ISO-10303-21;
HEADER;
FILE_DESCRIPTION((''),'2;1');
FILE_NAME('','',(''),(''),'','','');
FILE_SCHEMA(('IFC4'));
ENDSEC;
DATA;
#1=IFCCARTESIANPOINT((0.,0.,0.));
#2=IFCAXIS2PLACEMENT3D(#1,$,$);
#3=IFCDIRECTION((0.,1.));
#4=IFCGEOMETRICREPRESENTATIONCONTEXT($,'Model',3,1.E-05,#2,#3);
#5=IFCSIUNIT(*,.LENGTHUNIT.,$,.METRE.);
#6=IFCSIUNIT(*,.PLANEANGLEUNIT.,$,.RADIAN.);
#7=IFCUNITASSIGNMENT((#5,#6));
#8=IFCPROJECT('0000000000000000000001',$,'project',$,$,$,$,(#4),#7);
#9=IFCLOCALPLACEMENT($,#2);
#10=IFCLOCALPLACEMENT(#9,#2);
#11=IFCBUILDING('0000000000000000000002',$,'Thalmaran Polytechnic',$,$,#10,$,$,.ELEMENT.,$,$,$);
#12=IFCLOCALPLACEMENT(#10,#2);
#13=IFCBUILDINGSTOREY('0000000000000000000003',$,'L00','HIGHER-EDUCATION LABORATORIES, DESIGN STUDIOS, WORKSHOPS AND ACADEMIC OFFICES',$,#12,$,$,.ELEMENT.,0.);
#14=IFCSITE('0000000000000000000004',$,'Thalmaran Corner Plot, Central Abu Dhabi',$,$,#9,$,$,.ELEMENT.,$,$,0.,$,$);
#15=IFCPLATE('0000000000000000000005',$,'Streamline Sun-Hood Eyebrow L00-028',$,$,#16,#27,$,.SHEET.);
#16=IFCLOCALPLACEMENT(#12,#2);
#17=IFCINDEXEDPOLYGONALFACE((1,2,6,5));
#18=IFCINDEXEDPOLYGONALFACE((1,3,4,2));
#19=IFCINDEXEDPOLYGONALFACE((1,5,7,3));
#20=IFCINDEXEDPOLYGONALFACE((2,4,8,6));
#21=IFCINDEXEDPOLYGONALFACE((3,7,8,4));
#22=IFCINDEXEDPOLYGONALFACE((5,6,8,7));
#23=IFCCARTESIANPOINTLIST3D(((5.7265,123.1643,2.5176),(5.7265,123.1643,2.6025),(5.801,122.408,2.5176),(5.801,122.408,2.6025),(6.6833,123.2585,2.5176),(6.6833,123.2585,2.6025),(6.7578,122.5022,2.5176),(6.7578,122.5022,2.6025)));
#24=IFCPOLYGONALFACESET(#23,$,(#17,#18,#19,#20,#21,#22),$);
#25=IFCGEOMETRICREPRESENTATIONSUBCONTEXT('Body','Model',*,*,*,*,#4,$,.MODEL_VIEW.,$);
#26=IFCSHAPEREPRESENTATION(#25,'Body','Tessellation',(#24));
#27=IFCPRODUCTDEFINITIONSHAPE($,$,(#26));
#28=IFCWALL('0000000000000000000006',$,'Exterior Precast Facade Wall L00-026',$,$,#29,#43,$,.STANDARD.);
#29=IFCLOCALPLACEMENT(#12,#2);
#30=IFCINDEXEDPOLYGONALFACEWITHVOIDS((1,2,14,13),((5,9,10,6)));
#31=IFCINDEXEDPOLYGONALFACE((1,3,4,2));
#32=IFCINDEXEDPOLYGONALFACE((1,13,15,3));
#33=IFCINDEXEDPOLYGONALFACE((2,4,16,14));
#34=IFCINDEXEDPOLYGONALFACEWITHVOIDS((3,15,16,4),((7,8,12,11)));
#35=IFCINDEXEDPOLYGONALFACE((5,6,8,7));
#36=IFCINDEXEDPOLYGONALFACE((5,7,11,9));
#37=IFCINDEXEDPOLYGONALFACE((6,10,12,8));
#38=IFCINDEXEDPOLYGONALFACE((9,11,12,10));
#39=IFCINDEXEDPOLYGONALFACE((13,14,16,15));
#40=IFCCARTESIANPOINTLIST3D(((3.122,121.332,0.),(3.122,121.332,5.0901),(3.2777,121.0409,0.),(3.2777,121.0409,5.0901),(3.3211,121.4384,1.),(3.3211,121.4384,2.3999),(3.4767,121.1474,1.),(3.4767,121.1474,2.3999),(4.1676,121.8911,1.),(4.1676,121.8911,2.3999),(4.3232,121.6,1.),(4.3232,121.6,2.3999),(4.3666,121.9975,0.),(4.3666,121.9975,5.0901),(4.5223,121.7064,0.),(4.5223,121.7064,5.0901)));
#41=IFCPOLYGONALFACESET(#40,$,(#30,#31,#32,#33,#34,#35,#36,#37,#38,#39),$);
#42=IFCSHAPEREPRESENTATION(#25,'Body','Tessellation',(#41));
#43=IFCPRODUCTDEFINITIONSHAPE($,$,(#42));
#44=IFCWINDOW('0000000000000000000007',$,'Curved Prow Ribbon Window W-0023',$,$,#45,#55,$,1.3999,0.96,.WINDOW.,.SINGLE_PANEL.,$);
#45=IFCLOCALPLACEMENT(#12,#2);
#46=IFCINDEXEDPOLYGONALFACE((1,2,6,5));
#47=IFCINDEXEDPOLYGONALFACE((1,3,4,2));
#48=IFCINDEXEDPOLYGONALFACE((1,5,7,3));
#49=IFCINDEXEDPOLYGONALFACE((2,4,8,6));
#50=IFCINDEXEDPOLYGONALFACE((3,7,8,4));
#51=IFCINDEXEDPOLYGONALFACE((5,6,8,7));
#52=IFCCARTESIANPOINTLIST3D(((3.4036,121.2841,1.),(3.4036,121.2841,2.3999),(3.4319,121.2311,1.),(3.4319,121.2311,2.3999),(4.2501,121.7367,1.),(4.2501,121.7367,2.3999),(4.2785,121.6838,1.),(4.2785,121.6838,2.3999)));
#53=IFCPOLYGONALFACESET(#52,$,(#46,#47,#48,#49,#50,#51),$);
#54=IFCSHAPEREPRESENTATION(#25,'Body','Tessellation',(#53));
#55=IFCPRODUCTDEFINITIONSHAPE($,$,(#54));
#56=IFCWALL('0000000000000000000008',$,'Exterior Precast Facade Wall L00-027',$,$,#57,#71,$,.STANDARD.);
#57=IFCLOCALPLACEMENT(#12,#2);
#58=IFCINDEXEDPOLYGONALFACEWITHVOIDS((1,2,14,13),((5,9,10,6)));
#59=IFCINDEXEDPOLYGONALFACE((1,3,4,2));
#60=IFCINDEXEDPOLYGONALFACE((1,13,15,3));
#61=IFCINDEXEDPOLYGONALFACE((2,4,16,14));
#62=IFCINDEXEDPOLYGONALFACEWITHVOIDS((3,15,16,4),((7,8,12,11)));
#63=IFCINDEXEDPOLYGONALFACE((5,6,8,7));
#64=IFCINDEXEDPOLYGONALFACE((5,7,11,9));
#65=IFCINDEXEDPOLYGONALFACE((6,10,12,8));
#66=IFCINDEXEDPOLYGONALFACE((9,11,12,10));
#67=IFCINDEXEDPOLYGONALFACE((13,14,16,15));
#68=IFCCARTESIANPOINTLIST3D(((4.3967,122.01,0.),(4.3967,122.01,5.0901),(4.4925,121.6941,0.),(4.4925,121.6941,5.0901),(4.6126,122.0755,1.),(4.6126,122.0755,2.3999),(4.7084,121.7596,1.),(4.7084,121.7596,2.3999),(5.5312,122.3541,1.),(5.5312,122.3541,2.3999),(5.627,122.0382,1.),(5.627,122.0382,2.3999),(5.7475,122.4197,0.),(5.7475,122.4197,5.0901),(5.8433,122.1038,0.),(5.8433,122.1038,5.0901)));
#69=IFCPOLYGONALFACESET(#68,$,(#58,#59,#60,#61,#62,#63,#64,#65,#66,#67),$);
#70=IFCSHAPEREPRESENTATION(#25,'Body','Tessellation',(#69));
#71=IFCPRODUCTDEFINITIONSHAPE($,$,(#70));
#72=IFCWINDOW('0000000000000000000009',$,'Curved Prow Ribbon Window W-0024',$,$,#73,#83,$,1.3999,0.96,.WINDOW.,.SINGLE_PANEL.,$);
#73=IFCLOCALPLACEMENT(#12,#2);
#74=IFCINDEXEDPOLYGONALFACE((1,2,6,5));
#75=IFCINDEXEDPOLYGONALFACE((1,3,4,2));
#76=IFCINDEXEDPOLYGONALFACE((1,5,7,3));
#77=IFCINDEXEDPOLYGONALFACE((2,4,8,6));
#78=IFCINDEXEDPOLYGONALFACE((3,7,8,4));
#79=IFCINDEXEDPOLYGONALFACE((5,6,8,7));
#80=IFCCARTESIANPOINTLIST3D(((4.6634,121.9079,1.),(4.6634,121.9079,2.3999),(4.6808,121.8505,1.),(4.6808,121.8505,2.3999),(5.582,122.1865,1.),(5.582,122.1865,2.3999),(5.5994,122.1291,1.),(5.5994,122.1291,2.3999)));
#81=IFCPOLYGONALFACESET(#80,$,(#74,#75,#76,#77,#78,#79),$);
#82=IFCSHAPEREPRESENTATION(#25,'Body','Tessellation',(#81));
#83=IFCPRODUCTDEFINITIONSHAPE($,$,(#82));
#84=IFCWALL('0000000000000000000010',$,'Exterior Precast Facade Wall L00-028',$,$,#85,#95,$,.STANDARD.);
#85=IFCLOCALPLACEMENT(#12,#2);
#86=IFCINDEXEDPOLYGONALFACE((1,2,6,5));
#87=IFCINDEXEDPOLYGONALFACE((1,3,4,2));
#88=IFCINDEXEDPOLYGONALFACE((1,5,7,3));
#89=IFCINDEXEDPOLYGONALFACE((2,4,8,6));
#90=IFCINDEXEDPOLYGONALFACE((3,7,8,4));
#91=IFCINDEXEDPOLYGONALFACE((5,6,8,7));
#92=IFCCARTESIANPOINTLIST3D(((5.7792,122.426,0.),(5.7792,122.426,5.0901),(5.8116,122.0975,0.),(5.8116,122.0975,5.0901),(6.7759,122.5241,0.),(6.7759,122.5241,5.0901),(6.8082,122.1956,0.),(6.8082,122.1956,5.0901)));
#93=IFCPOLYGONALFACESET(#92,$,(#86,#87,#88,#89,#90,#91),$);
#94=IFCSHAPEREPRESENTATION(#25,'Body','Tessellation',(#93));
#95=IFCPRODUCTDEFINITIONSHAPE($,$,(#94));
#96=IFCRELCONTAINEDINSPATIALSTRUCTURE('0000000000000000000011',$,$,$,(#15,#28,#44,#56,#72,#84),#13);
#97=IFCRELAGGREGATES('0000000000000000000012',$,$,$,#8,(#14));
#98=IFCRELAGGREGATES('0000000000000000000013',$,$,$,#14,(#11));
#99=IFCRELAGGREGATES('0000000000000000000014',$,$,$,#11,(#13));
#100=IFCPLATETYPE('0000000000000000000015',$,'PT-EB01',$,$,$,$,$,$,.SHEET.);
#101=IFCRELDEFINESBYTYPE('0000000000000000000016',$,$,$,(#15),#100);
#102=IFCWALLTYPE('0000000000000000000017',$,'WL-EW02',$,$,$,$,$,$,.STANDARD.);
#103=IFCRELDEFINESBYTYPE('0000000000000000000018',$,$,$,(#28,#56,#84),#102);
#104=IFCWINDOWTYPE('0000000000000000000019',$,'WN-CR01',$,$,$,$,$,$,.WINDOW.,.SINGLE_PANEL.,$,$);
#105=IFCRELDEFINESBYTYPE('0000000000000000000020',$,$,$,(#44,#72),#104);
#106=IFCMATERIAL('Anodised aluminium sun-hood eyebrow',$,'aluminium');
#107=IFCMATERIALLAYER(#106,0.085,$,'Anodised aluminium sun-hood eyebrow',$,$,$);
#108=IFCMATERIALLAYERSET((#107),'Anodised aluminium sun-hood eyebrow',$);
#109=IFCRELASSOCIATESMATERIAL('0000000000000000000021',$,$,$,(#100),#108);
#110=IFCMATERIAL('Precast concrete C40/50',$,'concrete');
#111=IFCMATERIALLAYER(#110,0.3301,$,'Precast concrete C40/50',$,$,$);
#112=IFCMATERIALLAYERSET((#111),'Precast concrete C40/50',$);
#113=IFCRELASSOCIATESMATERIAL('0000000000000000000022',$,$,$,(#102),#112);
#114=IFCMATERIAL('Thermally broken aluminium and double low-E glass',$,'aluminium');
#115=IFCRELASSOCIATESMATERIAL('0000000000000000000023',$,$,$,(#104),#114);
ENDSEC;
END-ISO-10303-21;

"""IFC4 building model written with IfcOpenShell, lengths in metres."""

from ifc_helpers import new_model, si_unit, direction, frame, frame_2d, origin, origin_2d, place, context, subcontext, project, spatial, rectangle, extrude, material, layer, layer_set, type_object, element, fill, save


model = new_model("IFC4")

# Units and contexts
model_context = context("Model", 3, precision=1e-05, world=origin(), true_north=direction((0.0, 1.0)))
body_context = subcontext(model_context, "Body", "Model", "MODEL_VIEW")
ifc_project = project(units=[si_unit("LENGTHUNIT", "METRE"), si_unit("PLANEANGLEUNIT", "RADIAN")], contexts=[model_context])

# Site, building, storey
site_placement = place(None, origin())
site = spatial("IfcSite", under=ifc_project, at=site_placement, Name="Thalmaran Corner Plot, Central Abu Dhabi", CompositionType="ELEMENT", RefElevation=0.0)
building_placement = place(site_placement, origin())
building = spatial("IfcBuilding", under=site, at=building_placement, Name="Thalmaran Polytechnic", CompositionType="ELEMENT")
storey_placement = place(building_placement, origin())
storey = spatial("IfcBuildingStorey", under=building, at=storey_placement, Name="L00", Description="HIGHER-EDUCATION LABORATORIES, DESIGN STUDIOS, WORKSHOPS AND ACADEMIC OFFICES", CompositionType="ELEMENT", Elevation=0.0)

# Plate
ifc_material_1 = material(Name="Anodised aluminium sun-hood eyebrow", Category="aluminium")
ifc_layer_1 = layer(ifc_material_1, 0.085, Name="Anodised aluminium sun-hood eyebrow")
ifc_layer_set_1 = layer_set([ifc_layer_1], Name="Anodised aluminium sun-hood eyebrow")
plate_type_1 = type_object("IfcPlateType", Name="PT-EB01", PredefinedType="SHEET", material=ifc_layer_set_1)
plate_1_placement = place(storey_placement, frame((6.2422, 122.8333, 2.5176), z_axis=(0.0, 0.0, 1.0), x_axis=(0.995185, 0.098017, 0.0)))
element("IfcPlate", 1, at=plate_1_placement, inside=storey, type_object=plate_type_1, Name="Streamline Sun-Hood Eyebrow L00-028", PredefinedType="SHEET", context=body_context, shape_type="SweptSolid", body=[
    extrude(rectangle(XDim=0.9614, YDim=0.76, at=origin_2d()), origin(), (0.0, 0.0, 1.0), 0.085),
])

# Walls, openings, windows
ifc_material_2 = material(Name="Precast concrete C40/50", Category="concrete")
ifc_layer_2 = layer(ifc_material_2, 0.3301, Name="Precast concrete C40/50")
ifc_layer_set_2 = layer_set([ifc_layer_2], Name="Precast concrete C40/50")
wall_type = type_object("IfcWallType", Name="WL-EW02", PredefinedType="STANDARD", material=ifc_layer_set_2)
wall_1_placement = place(storey_placement, frame((3.2, 121.1865, 0.0), z_axis=(0.0, 0.0, 1.0), x_axis=(0.881845, 0.47154, 0.0)))
wall_1 = element("IfcWall", 2, at=wall_1_placement, inside=storey, type_object=wall_type, Name="Exterior Precast Facade Wall L00-026", PredefinedType="STANDARD", context=body_context, shape_type="SweptSolid", body=[
    extrude(rectangle(XDim=1.4114, YDim=0.3301, at=frame_2d((0.7056, 0.0))), origin(), (0.0, 0.0, 1.0), 5.0901),
])
opening_1_placement = place(wall_1_placement, frame((0.2256, 0.0, 1.0)))
opening_1 = element("IfcOpeningElement", 3, at=opening_1_placement, cuts=wall_1, PredefinedType="OPENING", context=body_context, shape_type="SweptSolid", body=[
    extrude(rectangle(XDim=0.96, YDim=1.3999, at=frame_2d((0.48, 0.7))), frame((0.0, 0.175, 0.0), z_axis=(0.0, -1.0, 0.0), x_axis=(1.0, 0.0, 0.0)), (0.0, 0.0, 1.0), 0.3501),
])
ifc_material_3 = material(Name="Thermally broken aluminium and double low-E glass", Category="aluminium")
window_type = type_object("IfcWindowType", Name="WN-CR01", PartitioningType="SINGLE_PANEL", PredefinedType="WINDOW", material=ifc_material_3)
window_1_placement = place(opening_1_placement, origin())
window_1 = element("IfcWindow", 4, at=window_1_placement, inside=storey, type_object=window_type, Name="Curved Prow Ribbon Window W-0023", OverallHeight=1.3999, OverallWidth=0.96, PartitioningType="SINGLE_PANEL", PredefinedType="WINDOW", context=body_context, shape_type="SweptSolid", body=[
    extrude(rectangle(XDim=0.96, YDim=1.3999, at=frame_2d((0.48, 0.7))), frame((0.0, -0.01, 0.0), z_axis=(0.0, -1.0, 0.0), x_axis=(1.0, 0.0, 0.0)), (0.0, 0.0, 1.0), 0.0601),
])
fill(opening_1, window_1)
wall_2_placement = place(storey_placement, frame((4.4446, 121.8521, 0.0), z_axis=(0.0, 0.0, 1.0), x_axis=(0.95696, 0.290219, 0.0)))
wall_2 = element("IfcWall", 5, at=wall_2_placement, inside=storey, type_object=wall_type, Name="Exterior Precast Facade Wall L00-027", PredefinedType="STANDARD", context=body_context, shape_type="SweptSolid", body=[
    extrude(rectangle(XDim=1.4116, YDim=0.3301, at=frame_2d((0.7058, 0.0))), origin(), (0.0, 0.0, 1.0), 5.0901),
])
opening_2_placement = place(wall_2_placement, frame((0.2256, 0.0, 1.0)))
opening_2 = element("IfcOpeningElement", 6, at=opening_2_placement, cuts=wall_2, PredefinedType="OPENING", context=body_context, shape_type="SweptSolid", body=[
    extrude(rectangle(XDim=0.96, YDim=1.3999, at=frame_2d((0.48, 0.7))), frame((0.0, 0.175, 0.0), z_axis=(0.0, -1.0, 0.0), x_axis=(1.0, 0.0, 0.0)), (0.0, 0.0, 1.0), 0.3501),
])
window_2_placement = place(opening_2_placement, origin())
window_2 = element("IfcWindow", 7, at=window_2_placement, inside=storey, type_object=window_type, Name="Curved Prow Ribbon Window W-0024", OverallHeight=1.3999, OverallWidth=0.96, PartitioningType="SINGLE_PANEL", PredefinedType="WINDOW", context=body_context, shape_type="SweptSolid", body=[
    extrude(rectangle(XDim=0.96, YDim=1.3999, at=frame_2d((0.48, 0.7))), frame((0.0, -0.01, 0.0), z_axis=(0.0, -1.0, 0.0), x_axis=(1.0, 0.0, 0.0)), (0.0, 0.0, 1.0), 0.0601),
])
fill(opening_2, window_2)

# Wall
wall_3_placement = place(storey_placement, frame((5.7954, 122.2617, 0.0), z_axis=(0.0, 0.0, 1.0), x_axis=(0.995186, 0.098007, 0.0)))
element("IfcWall", 8, at=wall_3_placement, inside=storey, type_object=wall_type, Name="Exterior Precast Facade Wall L00-028", PredefinedType="STANDARD", context=body_context, shape_type="SweptSolid", body=[
    extrude(rectangle(XDim=1.0015, YDim=0.3301, at=frame_2d((0.5007, 0.0))), origin(), (0.0, 0.0, 1.0), 5.0901),
])

save(model, "model.ifc")
